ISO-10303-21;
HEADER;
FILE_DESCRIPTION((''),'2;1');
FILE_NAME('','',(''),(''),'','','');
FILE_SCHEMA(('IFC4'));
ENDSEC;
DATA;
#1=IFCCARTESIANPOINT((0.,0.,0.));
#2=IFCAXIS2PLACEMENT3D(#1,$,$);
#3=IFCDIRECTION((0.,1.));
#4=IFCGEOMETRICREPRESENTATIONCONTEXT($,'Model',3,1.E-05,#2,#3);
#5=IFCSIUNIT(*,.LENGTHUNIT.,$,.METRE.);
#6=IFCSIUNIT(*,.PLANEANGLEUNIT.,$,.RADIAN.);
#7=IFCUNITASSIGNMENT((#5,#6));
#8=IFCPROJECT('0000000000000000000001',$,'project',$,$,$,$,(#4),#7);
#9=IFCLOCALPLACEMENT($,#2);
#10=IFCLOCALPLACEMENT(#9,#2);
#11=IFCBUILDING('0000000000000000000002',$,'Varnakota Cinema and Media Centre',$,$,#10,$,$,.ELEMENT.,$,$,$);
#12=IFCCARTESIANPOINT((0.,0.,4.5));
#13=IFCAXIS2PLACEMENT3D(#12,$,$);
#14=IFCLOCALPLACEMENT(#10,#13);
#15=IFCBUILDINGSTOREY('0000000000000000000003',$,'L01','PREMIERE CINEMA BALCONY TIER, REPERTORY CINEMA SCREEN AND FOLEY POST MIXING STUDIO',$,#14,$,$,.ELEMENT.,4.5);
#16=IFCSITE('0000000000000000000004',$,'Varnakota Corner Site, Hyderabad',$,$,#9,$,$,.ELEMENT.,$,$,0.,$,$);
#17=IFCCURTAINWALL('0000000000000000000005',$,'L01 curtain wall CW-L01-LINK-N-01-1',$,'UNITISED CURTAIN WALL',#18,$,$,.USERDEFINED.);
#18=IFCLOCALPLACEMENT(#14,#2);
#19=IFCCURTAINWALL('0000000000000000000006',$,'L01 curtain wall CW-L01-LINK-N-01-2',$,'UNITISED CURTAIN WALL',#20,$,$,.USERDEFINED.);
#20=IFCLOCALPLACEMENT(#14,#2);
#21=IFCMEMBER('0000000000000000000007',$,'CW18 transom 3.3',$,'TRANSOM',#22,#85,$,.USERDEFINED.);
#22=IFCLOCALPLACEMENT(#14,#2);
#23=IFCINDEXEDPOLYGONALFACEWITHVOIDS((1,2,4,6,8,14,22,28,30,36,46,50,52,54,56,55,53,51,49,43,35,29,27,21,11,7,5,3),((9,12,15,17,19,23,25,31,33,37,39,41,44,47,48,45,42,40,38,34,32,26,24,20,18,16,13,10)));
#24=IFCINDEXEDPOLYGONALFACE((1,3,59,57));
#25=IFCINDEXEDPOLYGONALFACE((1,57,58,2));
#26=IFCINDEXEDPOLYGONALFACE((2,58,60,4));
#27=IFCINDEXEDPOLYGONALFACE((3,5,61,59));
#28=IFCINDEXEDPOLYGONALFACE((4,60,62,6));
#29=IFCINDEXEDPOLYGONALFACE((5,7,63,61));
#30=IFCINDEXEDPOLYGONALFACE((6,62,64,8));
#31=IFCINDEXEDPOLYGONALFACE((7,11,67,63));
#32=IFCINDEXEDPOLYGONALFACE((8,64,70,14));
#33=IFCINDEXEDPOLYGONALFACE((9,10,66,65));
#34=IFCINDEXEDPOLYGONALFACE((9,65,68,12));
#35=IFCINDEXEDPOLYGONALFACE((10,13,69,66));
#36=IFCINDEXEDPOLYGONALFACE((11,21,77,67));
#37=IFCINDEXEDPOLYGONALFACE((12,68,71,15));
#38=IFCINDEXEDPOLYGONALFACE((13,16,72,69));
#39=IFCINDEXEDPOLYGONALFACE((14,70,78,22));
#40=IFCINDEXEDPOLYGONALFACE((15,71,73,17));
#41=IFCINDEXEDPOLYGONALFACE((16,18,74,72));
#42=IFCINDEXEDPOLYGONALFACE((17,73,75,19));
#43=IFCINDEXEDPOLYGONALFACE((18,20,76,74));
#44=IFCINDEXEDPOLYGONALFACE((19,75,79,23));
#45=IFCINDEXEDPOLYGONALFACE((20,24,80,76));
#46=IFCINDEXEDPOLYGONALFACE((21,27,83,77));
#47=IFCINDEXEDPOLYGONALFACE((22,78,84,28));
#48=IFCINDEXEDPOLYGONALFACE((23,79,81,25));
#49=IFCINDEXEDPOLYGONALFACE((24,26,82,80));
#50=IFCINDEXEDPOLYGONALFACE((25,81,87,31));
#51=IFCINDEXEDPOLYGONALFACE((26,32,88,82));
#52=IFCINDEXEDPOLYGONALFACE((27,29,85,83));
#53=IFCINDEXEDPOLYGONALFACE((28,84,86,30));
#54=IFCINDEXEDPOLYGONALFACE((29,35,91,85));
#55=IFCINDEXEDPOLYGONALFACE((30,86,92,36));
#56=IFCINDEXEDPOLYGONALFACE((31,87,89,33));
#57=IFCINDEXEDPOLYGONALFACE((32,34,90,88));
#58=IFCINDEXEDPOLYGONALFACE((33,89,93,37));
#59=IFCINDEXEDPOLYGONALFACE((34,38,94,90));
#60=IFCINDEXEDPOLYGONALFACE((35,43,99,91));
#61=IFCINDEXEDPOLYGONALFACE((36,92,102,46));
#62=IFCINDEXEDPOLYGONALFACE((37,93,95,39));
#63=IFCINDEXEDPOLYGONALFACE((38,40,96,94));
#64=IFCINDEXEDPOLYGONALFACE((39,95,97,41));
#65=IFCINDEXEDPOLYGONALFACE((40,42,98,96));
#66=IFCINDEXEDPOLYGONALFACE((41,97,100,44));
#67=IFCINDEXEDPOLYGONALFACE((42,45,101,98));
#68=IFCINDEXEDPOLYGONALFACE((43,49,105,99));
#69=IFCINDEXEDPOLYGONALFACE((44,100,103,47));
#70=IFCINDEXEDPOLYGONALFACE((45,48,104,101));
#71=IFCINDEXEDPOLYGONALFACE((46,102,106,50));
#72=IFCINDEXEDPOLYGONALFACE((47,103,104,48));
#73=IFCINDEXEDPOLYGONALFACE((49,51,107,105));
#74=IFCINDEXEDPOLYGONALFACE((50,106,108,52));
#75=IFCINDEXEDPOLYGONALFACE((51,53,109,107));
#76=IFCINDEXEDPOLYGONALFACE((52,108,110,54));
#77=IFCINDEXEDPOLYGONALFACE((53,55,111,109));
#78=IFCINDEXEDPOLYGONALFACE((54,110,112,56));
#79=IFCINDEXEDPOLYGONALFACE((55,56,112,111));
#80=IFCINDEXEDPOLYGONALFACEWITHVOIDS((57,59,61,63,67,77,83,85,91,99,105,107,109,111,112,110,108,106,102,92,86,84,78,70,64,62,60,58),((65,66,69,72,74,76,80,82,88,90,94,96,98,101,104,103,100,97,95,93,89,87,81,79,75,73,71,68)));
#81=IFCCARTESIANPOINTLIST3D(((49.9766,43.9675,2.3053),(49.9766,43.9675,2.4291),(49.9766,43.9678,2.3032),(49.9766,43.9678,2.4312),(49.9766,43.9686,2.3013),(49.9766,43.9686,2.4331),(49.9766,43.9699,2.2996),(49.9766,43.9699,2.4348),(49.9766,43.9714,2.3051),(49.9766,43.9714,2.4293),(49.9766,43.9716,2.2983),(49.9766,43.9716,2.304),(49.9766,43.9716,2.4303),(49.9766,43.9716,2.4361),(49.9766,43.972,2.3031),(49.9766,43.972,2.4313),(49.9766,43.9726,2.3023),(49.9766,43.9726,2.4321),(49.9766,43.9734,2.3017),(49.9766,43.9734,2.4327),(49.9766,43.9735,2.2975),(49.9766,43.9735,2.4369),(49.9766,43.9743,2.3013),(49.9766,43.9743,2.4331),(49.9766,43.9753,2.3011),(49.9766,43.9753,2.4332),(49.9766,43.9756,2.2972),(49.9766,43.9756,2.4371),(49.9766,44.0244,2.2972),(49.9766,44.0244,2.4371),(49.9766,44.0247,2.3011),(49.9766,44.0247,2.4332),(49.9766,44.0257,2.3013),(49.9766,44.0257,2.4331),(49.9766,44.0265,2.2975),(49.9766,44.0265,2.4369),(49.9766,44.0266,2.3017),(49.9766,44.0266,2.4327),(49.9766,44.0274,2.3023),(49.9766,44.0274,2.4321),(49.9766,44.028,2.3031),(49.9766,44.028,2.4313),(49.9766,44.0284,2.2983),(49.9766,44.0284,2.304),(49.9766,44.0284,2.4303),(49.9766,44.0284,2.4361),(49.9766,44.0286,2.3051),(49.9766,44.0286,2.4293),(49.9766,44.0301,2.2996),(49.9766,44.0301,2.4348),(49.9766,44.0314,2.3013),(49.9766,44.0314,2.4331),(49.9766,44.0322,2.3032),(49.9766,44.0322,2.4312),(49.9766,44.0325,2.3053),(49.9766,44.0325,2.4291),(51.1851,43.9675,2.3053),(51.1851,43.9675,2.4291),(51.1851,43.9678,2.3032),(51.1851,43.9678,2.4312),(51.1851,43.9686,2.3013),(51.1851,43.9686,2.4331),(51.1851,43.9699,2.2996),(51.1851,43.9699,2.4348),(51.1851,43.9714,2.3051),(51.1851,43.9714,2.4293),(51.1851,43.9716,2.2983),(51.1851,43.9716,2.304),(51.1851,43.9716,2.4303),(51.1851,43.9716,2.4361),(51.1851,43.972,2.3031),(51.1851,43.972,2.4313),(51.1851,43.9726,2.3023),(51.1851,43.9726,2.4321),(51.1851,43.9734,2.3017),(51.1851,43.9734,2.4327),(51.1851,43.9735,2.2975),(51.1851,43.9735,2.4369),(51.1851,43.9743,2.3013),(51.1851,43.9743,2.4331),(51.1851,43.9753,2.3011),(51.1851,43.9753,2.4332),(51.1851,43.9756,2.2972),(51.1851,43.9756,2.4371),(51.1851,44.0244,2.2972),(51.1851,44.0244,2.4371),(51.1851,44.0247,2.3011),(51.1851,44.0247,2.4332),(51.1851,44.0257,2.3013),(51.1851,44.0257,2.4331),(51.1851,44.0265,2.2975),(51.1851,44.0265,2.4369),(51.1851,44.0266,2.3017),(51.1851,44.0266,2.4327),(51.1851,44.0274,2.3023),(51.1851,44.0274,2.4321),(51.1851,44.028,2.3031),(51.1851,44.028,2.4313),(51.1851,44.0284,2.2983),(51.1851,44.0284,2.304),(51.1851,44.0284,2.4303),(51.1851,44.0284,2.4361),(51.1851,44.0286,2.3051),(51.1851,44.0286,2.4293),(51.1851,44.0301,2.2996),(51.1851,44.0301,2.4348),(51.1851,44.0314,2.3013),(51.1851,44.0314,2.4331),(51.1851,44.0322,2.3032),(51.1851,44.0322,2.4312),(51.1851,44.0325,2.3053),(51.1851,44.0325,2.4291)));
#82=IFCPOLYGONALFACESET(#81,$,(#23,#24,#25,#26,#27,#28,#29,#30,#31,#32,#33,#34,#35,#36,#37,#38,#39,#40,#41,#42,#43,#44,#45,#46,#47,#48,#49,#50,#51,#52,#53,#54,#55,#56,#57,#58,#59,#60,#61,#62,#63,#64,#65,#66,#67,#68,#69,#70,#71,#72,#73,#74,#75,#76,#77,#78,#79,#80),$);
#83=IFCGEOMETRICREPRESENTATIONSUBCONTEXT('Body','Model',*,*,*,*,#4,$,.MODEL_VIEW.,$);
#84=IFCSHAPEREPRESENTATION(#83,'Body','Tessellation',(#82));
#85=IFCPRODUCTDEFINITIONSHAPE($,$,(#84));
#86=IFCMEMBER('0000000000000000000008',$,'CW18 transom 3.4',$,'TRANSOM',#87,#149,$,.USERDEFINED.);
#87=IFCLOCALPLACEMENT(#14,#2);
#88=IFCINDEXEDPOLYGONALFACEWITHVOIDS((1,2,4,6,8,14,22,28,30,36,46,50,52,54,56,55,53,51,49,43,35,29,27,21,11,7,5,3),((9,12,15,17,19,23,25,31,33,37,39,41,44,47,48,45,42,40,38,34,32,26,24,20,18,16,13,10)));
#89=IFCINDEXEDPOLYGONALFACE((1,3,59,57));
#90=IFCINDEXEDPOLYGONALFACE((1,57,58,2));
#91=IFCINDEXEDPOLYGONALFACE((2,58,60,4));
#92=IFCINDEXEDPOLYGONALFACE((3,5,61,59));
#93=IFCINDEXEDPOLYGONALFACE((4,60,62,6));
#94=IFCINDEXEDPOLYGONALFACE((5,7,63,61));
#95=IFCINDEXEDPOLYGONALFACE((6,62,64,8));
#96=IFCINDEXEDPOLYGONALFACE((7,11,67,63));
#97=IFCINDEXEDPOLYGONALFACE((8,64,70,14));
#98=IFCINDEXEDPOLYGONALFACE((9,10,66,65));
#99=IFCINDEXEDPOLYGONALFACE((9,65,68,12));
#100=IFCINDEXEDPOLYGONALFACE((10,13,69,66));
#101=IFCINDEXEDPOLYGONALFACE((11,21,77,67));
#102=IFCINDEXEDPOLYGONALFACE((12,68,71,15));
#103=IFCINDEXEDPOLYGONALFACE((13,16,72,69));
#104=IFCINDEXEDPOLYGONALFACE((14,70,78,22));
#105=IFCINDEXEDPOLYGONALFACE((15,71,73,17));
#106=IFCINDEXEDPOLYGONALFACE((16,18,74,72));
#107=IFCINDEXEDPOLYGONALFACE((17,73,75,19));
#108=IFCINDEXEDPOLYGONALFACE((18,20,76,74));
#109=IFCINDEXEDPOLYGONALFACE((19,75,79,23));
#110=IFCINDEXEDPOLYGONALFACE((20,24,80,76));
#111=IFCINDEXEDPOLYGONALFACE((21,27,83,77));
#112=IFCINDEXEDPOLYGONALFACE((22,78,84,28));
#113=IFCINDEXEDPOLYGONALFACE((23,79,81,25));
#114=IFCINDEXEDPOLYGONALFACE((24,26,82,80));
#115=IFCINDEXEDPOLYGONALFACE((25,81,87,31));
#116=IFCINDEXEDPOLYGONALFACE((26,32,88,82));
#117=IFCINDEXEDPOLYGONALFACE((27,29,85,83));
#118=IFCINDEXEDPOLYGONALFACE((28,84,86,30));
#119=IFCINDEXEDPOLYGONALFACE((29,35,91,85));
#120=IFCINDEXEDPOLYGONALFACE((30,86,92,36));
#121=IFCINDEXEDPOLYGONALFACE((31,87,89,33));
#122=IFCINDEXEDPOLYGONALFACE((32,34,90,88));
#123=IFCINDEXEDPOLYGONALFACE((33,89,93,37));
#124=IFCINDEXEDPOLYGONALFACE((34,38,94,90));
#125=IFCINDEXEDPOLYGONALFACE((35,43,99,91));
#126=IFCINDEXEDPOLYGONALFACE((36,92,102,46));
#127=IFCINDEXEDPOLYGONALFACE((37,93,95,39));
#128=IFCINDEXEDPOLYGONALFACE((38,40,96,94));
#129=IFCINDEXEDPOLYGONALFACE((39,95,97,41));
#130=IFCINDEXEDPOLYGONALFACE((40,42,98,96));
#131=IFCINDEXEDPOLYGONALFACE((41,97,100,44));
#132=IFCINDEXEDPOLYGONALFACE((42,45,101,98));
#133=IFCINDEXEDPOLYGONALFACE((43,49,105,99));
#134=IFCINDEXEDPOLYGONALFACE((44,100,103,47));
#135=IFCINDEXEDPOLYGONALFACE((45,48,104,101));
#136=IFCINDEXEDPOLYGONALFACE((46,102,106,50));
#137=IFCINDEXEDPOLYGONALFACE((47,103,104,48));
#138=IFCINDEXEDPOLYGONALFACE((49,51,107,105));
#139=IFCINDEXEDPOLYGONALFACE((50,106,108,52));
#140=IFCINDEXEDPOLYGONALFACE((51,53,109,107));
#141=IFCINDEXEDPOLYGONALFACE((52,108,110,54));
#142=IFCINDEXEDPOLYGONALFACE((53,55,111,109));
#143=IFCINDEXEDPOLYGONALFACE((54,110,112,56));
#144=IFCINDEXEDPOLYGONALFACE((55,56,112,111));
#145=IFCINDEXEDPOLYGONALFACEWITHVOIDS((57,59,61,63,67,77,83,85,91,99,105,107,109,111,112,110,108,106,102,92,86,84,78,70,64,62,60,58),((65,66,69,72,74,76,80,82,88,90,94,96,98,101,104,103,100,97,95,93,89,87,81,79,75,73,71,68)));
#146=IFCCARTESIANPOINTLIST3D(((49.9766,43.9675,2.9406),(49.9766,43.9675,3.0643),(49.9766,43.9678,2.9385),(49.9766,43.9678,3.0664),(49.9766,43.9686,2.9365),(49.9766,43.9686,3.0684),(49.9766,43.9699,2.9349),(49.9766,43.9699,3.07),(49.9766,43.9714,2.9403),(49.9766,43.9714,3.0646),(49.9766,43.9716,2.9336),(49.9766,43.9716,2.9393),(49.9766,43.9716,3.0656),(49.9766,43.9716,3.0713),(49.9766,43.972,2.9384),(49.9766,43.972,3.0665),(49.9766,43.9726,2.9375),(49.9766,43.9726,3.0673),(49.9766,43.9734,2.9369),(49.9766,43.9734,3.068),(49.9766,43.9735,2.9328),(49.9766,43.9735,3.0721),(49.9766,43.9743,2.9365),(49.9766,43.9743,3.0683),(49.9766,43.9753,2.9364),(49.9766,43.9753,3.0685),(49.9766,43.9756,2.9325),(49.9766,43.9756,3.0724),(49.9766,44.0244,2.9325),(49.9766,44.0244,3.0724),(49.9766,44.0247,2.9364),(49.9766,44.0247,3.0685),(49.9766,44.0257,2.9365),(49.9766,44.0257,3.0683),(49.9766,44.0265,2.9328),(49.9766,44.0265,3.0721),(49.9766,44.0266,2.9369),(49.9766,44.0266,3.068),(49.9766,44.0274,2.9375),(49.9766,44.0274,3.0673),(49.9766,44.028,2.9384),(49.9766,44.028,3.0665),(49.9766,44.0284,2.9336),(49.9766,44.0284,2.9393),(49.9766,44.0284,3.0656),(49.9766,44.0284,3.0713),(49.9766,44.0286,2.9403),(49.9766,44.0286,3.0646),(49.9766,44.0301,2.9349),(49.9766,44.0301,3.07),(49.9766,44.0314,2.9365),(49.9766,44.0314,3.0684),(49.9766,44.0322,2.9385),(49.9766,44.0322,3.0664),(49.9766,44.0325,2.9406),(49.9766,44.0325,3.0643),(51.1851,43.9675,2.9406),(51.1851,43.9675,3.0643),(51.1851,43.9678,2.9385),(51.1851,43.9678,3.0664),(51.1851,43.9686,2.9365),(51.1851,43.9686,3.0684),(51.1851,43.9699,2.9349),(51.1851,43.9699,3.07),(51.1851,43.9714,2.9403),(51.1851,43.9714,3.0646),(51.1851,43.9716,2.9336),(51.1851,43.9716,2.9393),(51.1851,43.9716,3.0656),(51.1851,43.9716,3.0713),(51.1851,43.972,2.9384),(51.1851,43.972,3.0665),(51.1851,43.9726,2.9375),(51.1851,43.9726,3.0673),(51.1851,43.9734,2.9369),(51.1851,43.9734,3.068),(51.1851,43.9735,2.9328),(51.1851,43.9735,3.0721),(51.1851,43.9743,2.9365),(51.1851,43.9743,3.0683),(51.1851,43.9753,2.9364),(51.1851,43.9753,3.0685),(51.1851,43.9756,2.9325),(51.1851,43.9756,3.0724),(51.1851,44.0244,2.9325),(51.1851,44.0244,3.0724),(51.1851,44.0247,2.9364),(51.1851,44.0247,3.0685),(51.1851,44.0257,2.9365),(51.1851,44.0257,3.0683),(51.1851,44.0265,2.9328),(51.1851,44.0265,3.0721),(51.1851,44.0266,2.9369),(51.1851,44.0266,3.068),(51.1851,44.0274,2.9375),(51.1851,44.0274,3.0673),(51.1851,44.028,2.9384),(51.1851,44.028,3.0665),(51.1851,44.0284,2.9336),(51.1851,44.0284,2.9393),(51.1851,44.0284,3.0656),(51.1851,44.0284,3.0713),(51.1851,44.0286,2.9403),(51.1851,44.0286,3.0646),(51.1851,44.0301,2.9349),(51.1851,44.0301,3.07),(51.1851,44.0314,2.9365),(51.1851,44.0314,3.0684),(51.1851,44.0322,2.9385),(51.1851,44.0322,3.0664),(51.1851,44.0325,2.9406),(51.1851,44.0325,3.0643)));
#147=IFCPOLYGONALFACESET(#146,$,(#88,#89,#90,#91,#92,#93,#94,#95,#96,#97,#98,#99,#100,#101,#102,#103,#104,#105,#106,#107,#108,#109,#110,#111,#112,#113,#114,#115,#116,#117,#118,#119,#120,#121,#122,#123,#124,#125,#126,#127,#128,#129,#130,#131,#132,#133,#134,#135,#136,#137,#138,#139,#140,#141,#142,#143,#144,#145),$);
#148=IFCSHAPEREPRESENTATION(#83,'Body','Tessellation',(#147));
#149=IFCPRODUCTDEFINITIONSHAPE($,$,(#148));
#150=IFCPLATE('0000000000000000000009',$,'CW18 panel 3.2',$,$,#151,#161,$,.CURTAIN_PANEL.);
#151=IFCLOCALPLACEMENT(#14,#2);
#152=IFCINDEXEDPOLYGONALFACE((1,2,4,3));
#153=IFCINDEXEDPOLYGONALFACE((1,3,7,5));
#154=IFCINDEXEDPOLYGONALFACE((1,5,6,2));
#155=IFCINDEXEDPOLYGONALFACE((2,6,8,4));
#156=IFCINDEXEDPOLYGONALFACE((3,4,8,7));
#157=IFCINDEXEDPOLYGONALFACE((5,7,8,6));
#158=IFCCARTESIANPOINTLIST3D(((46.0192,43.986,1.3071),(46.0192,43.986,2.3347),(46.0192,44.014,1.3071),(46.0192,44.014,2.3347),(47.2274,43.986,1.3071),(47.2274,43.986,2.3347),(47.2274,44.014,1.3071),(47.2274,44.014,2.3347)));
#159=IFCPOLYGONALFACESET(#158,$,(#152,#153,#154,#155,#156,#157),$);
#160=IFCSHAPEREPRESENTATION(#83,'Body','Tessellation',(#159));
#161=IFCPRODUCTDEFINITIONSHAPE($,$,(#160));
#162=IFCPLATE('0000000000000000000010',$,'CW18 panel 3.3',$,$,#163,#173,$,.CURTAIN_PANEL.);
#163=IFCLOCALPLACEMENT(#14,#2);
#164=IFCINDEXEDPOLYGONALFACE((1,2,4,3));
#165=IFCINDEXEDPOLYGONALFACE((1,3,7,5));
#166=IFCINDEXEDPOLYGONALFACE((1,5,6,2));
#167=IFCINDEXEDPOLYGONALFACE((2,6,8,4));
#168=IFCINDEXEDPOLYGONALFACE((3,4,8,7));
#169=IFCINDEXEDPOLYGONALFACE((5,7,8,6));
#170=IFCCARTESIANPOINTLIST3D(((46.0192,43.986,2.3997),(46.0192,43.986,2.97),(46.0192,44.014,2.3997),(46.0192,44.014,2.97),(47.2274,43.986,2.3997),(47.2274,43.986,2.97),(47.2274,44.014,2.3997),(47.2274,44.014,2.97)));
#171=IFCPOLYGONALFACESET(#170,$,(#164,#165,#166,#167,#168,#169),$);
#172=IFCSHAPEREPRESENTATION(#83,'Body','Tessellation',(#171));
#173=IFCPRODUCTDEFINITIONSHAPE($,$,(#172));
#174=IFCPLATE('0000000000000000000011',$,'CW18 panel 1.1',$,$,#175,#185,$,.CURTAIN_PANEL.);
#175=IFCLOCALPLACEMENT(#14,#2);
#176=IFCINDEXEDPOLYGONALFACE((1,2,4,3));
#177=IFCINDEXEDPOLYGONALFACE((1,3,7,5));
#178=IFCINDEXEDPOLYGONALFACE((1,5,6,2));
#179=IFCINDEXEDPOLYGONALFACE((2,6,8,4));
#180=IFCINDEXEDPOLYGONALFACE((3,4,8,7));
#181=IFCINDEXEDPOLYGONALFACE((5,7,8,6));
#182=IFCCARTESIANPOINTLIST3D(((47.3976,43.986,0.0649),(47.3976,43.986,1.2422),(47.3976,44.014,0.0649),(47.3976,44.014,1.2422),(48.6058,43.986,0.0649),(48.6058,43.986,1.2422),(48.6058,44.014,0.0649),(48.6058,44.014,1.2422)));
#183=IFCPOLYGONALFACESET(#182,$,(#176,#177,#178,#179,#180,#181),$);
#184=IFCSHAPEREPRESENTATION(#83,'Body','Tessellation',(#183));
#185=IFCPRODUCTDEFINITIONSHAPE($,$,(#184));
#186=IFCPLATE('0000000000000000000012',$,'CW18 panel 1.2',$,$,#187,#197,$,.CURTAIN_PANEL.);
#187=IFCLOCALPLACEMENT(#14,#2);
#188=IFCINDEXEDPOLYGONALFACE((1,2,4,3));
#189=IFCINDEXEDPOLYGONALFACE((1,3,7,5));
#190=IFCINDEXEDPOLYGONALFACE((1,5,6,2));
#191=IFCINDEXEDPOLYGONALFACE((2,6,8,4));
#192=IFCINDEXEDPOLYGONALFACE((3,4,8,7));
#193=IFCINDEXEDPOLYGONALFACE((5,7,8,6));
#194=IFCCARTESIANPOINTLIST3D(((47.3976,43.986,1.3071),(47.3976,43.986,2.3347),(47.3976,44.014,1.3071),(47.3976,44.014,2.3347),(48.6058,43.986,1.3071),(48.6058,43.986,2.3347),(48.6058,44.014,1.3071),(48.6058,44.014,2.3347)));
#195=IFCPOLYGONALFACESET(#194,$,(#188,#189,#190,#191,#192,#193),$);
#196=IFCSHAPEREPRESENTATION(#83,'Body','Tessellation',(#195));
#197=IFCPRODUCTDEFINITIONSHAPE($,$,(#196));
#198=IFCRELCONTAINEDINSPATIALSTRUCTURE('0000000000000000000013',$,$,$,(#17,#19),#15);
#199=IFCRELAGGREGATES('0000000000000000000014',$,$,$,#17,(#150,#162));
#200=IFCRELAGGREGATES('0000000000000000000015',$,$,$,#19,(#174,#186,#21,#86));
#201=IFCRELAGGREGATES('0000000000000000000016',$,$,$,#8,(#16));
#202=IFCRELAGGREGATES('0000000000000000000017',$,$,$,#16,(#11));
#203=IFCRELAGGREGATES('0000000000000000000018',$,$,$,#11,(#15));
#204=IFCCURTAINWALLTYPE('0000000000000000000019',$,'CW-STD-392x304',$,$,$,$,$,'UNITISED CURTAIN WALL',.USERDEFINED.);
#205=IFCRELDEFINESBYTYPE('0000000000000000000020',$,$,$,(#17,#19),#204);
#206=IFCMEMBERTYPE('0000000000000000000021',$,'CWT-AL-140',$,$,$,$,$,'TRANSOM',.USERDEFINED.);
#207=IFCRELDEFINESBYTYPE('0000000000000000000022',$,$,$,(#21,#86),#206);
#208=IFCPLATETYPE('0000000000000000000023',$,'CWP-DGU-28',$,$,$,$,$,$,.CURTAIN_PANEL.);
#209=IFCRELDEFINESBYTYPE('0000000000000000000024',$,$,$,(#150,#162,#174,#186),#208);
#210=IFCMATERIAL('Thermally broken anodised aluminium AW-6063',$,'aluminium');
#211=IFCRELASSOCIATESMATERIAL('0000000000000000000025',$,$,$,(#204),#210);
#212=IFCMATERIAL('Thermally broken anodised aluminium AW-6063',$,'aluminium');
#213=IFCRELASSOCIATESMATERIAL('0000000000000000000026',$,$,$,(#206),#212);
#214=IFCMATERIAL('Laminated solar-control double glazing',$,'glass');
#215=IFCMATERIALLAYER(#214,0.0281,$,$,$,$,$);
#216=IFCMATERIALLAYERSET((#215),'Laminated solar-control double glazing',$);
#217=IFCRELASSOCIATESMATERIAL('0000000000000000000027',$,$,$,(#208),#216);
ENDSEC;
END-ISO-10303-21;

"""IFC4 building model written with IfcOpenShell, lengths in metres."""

from ifc_helpers import new_model, si_unit, direction, frame, origin, origin_2d, place, context, subcontext, project, spatial, rectangle, hollow_rectangle, extrude, material, layer, layer_set, material_profile, profile_set, type_object, element, aggregate, save


model = new_model("IFC4")

# Units and contexts
model_context = context("Model", 3, precision=1e-05, world=origin(), true_north=direction((0.0, 1.0)))
body_context = subcontext(model_context, "Body", "Model", "MODEL_VIEW")
ifc_project = project(units=[si_unit("LENGTHUNIT", "METRE"), si_unit("PLANEANGLEUNIT", "RADIAN")], contexts=[model_context])

# Site, building, storey
site_placement = place(None, origin())
site = spatial("IfcSite", under=ifc_project, at=site_placement, Name="Varnakota Corner Site, Hyderabad", CompositionType="ELEMENT", RefElevation=0.0)
building_placement = place(site_placement, origin())
building = spatial("IfcBuilding", under=site, at=building_placement, Name="Varnakota Cinema and Media Centre", CompositionType="ELEMENT")
storey_placement = place(building_placement, frame((0.0, 0.0, 4.5)))
storey = spatial("IfcBuildingStorey", under=building, at=storey_placement, Name="L01", Description="PREMIERE CINEMA BALCONY TIER, REPERTORY CINEMA SCREEN AND FOLEY POST MIXING STUDIO", CompositionType="ELEMENT", Elevation=4.5)

# Curtain wall
ifc_material_1 = material(Name="Thermally broken anodised aluminium AW-6063", Category="aluminium")
curtain_wall_type = type_object("IfcCurtainWallType", Name="CW-STD-392x304", ElementType="UNITISED CURTAIN WALL", PredefinedType="USERDEFINED", material=ifc_material_1)
curtain_wall_1_placement = place(storey_placement, origin())
curtain_wall_1 = element("IfcCurtainWall", 1, at=curtain_wall_1_placement, inside=storey, type_object=curtain_wall_type, Name="L01 curtain wall CW-L01-LINK-N-01-1", ObjectType="UNITISED CURTAIN WALL", PredefinedType="USERDEFINED")

# Curtain wall, members
curtain_wall_2_placement = place(storey_placement, origin())
curtain_wall_2 = element("IfcCurtainWall", 2, at=curtain_wall_2_placement, inside=storey, type_object=curtain_wall_type, Name="L01 curtain wall CW-L01-LINK-N-01-2", ObjectType="UNITISED CURTAIN WALL", PredefinedType="USERDEFINED")
ifc_material_2 = material(Name="Thermally broken anodised aluminium AW-6063", Category="aluminium")
ifc_material_profile_1 = material_profile(ifc_material_2, hollow_rectangle(XDim=0.0649, YDim=0.1399, WallThickness=0.0039, InnerFilletRadius=0.0039, OuterFilletRadius=0.0081, at=origin_2d()), Name="AL-TRANSOM 140x65x4")
ifc_profile_set_1 = profile_set([ifc_material_profile_1], Name="Thermally broken anodised aluminium AW-6063")
member_type_1 = type_object("IfcMemberType", Name="CWT-AL-140", ElementType="TRANSOM", PredefinedType="USERDEFINED", material=ifc_profile_set_1)
member_1_placement = place(storey_placement, frame((49.9766, 44.0, 2.3672), z_axis=(1.0, 0.0, 0.0), x_axis=(0.0, 1.0, 0.0)))
member_1 = element("IfcMember", 3, at=member_1_placement, type_object=member_type_1, Name="CW18 transom 3.3", ObjectType="TRANSOM", PredefinedType="USERDEFINED", context=body_context, shape_type="SweptSolid", body=[
    extrude(hollow_rectangle(XDim=0.0649, YDim=0.1399, WallThickness=0.0039, InnerFilletRadius=0.0039, OuterFilletRadius=0.0081, at=origin_2d()), origin(), (0.0, 0.0, 1.0), 1.2085),
])
member_2_placement = place(storey_placement, frame((49.9766, 44.0, 3.0024), z_axis=(1.0, 0.0, 0.0), x_axis=(0.0, 1.0, 0.0)))
member_2 = element("IfcMember", 4, at=member_2_placement, type_object=member_type_1, Name="CW18 transom 3.4", ObjectType="TRANSOM", PredefinedType="USERDEFINED", context=body_context, shape_type="SweptSolid", body=[
    extrude(hollow_rectangle(XDim=0.0649, YDim=0.1399, WallThickness=0.0039, InnerFilletRadius=0.0039, OuterFilletRadius=0.0081, at=origin_2d()), origin(), (0.0, 0.0, 1.0), 1.2085),
])

# Plates
ifc_material_3 = material(Name="Laminated solar-control double glazing", Category="glass")
ifc_layer = layer(ifc_material_3, 0.0281)
ifc_layer_set = layer_set([ifc_layer], Name="Laminated solar-control double glazing")
plate_type = type_object("IfcPlateType", Name="CWP-DGU-28", PredefinedType="CURTAIN_PANEL", material=ifc_layer_set)
plate_1_placement = place(storey_placement, frame((46.6233, 44.0, 1.3071), z_axis=(0.0, 0.0, 1.0), x_axis=(1.0, 0.0, 0.0)))
plate_1 = element("IfcPlate", 5, at=plate_1_placement, type_object=plate_type, Name="CW18 panel 3.2", PredefinedType="CURTAIN_PANEL", context=body_context, shape_type="SweptSolid", body=[
    extrude(rectangle(XDim=1.2083, YDim=0.0281, at=origin_2d()), origin(), (0.0, 0.0, 1.0), 1.0276),
])
plate_2_placement = place(storey_placement, frame((46.6233, 44.0, 2.3997), z_axis=(0.0, 0.0, 1.0), x_axis=(1.0, 0.0, 0.0)))
plate_2 = element("IfcPlate", 6, at=plate_2_placement, type_object=plate_type, Name="CW18 panel 3.3", PredefinedType="CURTAIN_PANEL", context=body_context, shape_type="SweptSolid", body=[
    extrude(rectangle(XDim=1.2083, YDim=0.0281, at=origin_2d()), origin(), (0.0, 0.0, 1.0), 0.5703),
])
aggregate(curtain_wall_1, [plate_1, plate_2])
plate_3_placement = place(storey_placement, frame((48.0017, 44.0, 0.0649), z_axis=(0.0, 0.0, 1.0), x_axis=(1.0, 0.0, 0.0)))
plate_3 = element("IfcPlate", 7, at=plate_3_placement, type_object=plate_type, Name="CW18 panel 1.1", PredefinedType="CURTAIN_PANEL", context=body_context, shape_type="SweptSolid", body=[
    extrude(rectangle(XDim=1.2083, YDim=0.0281, at=origin_2d()), origin(), (0.0, 0.0, 1.0), 1.1772),
])
plate_4_placement = place(storey_placement, frame((48.0017, 44.0, 1.3071), z_axis=(0.0, 0.0, 1.0), x_axis=(1.0, 0.0, 0.0)))
plate_4 = element("IfcPlate", 8, at=plate_4_placement, type_object=plate_type, Name="CW18 panel 1.2", PredefinedType="CURTAIN_PANEL", context=body_context, shape_type="SweptSolid", body=[
    extrude(rectangle(XDim=1.2083, YDim=0.0281, at=origin_2d()), origin(), (0.0, 0.0, 1.0), 1.0276),
])
aggregate(curtain_wall_2, [plate_3, plate_4, member_1, member_2])

save(model, "model.ifc")
